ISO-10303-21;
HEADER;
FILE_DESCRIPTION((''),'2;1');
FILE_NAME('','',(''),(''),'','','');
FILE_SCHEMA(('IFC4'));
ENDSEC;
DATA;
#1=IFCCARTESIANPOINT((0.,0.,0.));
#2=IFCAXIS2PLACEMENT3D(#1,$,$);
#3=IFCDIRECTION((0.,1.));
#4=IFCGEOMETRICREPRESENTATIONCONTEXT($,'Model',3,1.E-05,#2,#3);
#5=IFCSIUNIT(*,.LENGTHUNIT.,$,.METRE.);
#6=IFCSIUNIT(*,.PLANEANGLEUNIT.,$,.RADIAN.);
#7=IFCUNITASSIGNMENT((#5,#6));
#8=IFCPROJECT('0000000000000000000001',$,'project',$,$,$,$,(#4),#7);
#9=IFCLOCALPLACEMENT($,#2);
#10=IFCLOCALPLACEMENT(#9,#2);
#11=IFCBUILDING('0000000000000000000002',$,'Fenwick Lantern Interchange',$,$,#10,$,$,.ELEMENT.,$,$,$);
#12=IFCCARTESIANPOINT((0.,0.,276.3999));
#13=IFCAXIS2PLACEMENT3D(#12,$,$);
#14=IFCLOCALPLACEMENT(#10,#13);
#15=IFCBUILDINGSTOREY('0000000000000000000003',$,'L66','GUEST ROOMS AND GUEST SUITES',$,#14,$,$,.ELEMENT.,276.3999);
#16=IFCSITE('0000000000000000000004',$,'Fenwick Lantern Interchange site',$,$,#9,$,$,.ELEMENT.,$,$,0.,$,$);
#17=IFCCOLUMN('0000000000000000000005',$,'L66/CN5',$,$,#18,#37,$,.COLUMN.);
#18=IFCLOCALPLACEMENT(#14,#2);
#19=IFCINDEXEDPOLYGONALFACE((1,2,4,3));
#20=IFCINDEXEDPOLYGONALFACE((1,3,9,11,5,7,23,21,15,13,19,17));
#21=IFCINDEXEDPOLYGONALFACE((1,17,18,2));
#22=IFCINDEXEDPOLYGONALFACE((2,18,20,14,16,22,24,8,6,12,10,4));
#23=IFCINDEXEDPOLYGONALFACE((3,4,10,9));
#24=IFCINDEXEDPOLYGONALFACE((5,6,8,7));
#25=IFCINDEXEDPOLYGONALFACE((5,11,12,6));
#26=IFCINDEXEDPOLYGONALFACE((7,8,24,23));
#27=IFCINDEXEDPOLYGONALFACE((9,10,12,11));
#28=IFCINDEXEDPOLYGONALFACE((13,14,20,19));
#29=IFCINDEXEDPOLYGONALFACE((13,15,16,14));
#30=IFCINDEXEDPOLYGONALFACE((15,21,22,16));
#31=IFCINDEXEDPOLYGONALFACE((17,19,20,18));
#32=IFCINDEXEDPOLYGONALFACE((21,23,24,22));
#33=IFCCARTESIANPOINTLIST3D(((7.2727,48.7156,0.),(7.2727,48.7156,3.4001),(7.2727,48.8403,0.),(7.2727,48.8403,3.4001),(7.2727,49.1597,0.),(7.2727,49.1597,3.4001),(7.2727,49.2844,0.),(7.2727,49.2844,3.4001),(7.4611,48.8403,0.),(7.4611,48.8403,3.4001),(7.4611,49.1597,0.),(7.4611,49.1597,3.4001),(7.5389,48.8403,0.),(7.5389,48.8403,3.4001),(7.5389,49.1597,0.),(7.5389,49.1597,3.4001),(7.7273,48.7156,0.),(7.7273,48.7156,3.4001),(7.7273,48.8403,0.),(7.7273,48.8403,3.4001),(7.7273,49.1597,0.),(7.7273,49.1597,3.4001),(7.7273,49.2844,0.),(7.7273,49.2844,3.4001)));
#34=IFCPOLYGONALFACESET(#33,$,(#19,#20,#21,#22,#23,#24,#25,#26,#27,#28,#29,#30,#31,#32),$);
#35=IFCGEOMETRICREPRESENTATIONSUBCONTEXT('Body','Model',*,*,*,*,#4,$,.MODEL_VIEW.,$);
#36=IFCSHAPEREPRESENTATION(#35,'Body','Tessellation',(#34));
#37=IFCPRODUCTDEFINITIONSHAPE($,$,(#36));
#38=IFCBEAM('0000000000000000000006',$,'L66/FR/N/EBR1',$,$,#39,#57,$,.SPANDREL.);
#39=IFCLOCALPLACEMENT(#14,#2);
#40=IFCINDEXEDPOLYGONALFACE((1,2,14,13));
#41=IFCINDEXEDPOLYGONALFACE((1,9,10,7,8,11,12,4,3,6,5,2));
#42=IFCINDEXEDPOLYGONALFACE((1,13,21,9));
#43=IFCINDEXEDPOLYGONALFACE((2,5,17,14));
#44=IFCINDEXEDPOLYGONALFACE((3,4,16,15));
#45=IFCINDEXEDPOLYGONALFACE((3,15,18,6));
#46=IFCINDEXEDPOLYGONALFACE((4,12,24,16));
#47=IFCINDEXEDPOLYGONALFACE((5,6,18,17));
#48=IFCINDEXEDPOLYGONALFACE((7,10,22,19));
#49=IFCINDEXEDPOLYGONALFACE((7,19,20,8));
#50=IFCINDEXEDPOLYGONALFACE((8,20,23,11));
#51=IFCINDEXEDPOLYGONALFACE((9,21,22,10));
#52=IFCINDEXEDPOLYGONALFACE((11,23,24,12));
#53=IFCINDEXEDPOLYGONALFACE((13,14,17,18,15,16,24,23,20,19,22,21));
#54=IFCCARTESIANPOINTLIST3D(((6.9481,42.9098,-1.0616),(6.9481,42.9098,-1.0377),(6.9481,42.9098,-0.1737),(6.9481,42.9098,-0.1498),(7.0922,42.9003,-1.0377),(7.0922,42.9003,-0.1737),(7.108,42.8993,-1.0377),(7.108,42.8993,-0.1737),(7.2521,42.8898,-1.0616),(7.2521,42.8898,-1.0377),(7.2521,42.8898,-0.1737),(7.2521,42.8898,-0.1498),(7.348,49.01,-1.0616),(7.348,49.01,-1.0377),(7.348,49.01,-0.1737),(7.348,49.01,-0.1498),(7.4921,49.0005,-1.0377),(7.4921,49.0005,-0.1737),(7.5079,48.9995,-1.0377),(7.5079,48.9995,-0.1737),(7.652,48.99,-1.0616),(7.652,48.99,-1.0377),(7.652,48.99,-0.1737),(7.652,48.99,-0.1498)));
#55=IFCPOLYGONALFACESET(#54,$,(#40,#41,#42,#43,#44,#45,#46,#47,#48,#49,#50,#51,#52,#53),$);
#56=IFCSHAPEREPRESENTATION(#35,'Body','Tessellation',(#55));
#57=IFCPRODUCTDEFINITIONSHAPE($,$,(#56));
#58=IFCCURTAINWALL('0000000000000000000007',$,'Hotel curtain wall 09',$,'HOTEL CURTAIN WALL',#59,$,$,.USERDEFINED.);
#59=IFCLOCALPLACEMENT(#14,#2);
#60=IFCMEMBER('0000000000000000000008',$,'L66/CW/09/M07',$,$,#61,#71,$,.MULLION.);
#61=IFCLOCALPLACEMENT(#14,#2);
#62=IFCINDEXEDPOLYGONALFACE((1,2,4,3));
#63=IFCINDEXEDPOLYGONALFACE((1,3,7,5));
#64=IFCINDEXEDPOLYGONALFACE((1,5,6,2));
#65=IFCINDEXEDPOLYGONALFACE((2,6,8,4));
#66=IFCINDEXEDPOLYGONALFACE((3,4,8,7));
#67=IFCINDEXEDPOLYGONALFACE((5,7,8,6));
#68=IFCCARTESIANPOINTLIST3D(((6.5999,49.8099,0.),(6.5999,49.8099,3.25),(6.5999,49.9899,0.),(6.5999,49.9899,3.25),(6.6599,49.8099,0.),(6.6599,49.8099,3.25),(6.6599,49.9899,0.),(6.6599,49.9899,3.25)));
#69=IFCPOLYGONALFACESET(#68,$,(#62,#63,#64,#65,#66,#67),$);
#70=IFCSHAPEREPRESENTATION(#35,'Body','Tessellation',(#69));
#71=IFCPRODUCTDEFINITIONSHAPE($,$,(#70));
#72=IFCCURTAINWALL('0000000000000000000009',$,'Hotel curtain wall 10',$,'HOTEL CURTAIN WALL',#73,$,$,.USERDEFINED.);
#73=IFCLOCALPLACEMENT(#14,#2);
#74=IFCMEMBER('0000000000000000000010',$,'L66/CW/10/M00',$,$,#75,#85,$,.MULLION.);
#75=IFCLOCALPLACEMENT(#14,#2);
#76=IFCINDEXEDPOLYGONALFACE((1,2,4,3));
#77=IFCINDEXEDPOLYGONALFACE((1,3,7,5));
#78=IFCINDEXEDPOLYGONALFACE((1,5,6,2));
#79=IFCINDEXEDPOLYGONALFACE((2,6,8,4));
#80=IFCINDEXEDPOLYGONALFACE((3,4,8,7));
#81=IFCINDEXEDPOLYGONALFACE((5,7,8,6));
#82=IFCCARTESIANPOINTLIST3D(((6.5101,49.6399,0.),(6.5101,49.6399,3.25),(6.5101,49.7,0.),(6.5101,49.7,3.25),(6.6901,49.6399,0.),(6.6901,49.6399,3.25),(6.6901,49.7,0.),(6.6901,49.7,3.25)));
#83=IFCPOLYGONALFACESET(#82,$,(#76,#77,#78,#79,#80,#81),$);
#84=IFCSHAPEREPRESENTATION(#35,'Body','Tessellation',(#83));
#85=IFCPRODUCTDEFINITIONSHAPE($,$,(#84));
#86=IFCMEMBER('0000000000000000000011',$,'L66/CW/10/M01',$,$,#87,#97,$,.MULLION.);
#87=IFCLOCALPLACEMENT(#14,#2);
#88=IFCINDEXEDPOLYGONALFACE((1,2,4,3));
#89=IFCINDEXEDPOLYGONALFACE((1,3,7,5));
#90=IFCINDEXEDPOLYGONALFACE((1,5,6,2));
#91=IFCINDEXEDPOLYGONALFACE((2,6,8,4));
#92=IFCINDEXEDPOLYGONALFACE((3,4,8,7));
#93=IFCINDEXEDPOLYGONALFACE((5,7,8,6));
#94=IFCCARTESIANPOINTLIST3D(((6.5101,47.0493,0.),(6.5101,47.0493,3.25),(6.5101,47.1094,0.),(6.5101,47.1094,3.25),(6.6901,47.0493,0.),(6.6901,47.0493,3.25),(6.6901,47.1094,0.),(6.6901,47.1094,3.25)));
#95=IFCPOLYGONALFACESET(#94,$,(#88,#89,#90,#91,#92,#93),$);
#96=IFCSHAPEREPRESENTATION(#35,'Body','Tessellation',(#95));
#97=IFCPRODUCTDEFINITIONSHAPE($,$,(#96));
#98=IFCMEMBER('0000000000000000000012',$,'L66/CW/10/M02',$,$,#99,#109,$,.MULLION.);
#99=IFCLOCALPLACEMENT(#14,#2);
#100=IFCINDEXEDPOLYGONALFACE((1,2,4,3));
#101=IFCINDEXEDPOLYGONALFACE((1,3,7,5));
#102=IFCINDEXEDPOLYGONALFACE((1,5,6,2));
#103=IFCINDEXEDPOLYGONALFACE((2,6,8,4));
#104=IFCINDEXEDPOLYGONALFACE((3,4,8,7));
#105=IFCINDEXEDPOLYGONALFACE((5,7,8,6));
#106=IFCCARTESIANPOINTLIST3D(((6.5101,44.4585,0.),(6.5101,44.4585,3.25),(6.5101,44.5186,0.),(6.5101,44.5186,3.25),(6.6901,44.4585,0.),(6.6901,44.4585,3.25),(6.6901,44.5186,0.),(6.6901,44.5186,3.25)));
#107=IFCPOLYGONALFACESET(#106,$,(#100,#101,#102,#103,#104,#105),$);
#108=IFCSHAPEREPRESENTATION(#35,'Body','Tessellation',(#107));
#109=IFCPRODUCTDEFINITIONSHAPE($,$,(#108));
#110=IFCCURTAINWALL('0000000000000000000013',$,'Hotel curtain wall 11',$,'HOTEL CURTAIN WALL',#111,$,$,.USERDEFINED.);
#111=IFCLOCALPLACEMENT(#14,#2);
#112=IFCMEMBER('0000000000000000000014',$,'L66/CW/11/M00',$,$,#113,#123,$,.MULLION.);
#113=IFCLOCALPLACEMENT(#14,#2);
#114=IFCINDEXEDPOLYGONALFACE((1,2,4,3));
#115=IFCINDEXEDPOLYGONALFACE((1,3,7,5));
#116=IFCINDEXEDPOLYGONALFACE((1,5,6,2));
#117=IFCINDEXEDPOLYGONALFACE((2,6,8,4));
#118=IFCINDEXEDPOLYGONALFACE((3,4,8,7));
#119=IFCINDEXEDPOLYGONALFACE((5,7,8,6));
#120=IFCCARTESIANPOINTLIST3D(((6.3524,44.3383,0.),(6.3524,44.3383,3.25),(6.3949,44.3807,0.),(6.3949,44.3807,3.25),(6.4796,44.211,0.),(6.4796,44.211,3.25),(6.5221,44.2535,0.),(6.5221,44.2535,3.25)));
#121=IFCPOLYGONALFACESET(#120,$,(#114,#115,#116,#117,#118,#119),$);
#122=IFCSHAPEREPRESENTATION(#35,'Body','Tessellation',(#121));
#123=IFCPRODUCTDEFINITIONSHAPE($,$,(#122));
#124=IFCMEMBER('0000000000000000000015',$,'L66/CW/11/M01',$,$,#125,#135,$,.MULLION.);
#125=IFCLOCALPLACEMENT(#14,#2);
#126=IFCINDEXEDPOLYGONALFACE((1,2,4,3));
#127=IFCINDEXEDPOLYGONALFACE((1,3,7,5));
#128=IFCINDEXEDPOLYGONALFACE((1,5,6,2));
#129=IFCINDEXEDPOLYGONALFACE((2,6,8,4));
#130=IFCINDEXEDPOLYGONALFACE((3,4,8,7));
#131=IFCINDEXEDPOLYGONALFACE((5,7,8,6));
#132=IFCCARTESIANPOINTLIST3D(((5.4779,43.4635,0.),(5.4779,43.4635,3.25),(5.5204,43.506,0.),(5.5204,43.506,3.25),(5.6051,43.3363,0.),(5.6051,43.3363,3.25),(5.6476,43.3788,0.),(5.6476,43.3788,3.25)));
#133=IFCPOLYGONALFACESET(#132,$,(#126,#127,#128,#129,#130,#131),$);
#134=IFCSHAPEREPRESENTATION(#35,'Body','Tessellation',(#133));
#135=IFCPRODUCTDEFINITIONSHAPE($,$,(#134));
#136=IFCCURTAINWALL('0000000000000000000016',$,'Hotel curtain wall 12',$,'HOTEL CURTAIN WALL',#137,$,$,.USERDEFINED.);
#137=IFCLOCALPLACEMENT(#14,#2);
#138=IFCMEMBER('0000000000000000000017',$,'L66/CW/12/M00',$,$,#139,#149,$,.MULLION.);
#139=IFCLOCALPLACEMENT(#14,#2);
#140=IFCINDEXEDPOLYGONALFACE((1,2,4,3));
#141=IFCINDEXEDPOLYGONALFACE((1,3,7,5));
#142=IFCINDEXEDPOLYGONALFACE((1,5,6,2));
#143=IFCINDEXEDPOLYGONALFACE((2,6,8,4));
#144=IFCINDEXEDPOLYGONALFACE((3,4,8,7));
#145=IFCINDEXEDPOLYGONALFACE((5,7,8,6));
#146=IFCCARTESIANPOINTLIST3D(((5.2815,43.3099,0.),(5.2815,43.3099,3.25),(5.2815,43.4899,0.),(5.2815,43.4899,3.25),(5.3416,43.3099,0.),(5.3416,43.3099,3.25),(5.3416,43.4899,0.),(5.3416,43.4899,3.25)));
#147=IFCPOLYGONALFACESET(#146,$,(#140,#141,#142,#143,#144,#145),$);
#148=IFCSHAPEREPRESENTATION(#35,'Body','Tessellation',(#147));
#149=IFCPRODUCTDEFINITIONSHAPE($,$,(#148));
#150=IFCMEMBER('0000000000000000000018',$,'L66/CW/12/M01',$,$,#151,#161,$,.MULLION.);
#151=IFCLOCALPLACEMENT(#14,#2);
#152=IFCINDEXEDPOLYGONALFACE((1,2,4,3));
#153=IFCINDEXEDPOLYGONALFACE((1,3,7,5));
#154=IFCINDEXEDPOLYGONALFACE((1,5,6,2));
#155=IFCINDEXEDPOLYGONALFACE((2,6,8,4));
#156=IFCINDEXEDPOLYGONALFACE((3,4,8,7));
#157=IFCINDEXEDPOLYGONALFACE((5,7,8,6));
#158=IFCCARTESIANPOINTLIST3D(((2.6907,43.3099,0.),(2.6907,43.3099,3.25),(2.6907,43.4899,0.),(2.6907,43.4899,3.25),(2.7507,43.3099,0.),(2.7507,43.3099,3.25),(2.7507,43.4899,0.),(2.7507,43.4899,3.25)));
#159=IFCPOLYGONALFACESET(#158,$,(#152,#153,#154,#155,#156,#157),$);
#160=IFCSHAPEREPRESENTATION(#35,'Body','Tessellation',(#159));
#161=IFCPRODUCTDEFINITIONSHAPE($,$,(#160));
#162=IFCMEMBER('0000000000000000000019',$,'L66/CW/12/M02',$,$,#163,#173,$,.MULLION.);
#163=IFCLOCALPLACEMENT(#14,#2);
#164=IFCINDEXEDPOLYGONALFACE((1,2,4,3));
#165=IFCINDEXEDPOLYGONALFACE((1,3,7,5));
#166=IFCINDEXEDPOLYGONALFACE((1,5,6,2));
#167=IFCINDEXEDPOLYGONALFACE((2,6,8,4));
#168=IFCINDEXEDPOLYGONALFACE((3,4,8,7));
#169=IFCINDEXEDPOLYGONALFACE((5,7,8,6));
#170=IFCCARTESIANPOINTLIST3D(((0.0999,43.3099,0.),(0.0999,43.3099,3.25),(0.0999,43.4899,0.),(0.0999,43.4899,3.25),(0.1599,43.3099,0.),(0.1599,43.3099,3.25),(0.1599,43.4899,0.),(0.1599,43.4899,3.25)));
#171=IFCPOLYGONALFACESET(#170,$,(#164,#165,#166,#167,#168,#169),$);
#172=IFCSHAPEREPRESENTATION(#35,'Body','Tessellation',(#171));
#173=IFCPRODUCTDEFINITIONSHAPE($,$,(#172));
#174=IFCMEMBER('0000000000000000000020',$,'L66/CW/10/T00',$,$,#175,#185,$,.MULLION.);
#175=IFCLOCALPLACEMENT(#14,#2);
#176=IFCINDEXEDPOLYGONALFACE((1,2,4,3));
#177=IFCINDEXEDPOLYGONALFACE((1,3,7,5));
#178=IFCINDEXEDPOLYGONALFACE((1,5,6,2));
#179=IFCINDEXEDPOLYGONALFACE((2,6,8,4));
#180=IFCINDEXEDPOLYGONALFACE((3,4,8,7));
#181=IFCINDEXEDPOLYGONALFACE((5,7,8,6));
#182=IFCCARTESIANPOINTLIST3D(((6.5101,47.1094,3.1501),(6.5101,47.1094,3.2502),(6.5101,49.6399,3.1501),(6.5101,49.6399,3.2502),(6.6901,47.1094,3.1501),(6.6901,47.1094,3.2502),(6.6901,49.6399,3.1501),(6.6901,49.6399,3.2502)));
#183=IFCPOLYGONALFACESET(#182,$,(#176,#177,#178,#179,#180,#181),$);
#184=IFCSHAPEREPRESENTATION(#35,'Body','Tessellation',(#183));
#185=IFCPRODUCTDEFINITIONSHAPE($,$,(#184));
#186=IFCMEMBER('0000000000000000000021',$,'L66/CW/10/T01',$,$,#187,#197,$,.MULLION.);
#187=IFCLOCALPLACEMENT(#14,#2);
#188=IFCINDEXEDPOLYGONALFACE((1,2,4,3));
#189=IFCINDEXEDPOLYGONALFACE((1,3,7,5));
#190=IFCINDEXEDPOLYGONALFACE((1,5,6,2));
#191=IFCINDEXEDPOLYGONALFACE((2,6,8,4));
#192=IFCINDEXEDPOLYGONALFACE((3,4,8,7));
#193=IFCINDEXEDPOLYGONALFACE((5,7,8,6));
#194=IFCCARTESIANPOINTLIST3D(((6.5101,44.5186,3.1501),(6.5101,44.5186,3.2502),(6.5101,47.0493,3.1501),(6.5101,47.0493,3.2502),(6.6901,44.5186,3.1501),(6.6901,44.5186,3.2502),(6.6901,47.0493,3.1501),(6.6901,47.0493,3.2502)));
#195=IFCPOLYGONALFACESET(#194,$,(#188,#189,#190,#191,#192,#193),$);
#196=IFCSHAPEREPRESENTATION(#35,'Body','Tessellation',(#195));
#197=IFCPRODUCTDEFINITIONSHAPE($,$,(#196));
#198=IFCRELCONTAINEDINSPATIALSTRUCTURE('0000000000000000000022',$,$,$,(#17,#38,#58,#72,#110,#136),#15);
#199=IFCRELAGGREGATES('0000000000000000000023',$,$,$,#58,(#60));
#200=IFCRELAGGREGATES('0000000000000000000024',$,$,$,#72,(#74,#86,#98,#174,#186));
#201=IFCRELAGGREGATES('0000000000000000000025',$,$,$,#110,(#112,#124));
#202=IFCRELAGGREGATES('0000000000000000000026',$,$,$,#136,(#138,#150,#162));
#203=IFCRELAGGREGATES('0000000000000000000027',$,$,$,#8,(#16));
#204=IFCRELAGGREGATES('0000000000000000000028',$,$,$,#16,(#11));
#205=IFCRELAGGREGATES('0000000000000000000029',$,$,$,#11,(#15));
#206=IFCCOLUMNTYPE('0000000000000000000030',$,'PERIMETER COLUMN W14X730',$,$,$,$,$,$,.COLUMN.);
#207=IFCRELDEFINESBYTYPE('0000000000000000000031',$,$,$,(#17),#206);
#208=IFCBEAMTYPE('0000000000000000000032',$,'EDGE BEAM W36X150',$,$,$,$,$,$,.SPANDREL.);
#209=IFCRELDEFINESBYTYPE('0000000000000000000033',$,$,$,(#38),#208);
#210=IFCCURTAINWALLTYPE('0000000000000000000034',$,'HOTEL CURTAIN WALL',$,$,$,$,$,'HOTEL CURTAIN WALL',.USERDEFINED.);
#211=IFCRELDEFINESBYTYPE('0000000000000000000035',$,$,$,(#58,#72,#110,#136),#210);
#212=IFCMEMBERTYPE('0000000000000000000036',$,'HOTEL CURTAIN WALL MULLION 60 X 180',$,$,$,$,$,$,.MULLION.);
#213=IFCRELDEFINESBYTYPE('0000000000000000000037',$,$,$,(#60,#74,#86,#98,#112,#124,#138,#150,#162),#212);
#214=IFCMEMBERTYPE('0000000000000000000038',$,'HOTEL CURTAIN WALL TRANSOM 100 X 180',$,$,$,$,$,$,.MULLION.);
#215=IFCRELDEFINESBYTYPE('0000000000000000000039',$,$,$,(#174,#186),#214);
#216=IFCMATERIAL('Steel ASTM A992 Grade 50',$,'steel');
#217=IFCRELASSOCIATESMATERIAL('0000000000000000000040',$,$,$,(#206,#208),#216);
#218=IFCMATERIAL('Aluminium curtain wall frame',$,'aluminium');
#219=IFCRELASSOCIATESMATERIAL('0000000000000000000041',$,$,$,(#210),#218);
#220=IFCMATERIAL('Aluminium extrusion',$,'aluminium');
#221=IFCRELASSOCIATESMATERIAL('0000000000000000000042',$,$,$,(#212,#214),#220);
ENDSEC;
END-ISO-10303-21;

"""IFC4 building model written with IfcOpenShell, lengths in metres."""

from ifc_helpers import new_model, si_unit, direction, frame, origin, origin_2d, place, context, subcontext, project, spatial, rectangle, i_section, extrude, material, material_profile, profile_set, type_object, element, aggregate, save


model = new_model("IFC4")

# Units and contexts
model_context = context("Model", 3, precision=1e-05, world=origin(), true_north=direction((0.0, 1.0)))
body_context = subcontext(model_context, "Body", "Model", "MODEL_VIEW")
ifc_project = project(units=[si_unit("LENGTHUNIT", "METRE"), si_unit("PLANEANGLEUNIT", "RADIAN")], contexts=[model_context])

# Site, building, storey
site_placement = place(None, origin())
site = spatial("IfcSite", under=ifc_project, at=site_placement, Name="Fenwick Lantern Interchange site", CompositionType="ELEMENT", RefElevation=0.0)
building_placement = place(site_placement, origin())
building = spatial("IfcBuilding", under=site, at=building_placement, Name="Fenwick Lantern Interchange", CompositionType="ELEMENT")
storey_placement = place(building_placement, frame((0.0, 0.0, 276.3999)))
storey = spatial("IfcBuildingStorey", under=building, at=storey_placement, Name="L66", Description="GUEST ROOMS AND GUEST SUITES", CompositionType="ELEMENT", Elevation=276.3999)

# Column
ifc_material_1 = material(Name="Steel ASTM A992 Grade 50", Category="steel")
ifc_material_profile_1 = material_profile(ifc_material_1, i_section(OverallWidth=0.4546, OverallDepth=0.5688, WebThickness=0.0779, FlangeThickness=0.1248, at=origin_2d()), Name="W14X730")
ifc_profile_set_1 = profile_set([ifc_material_profile_1], Name="Steel ASTM A992 Grade 50")
column_type = type_object("IfcColumnType", Name="PERIMETER COLUMN W14X730", PredefinedType="COLUMN", material=ifc_profile_set_1)
column_placement = place(storey_placement, frame((7.5, 49.0, 0.0), z_axis=(0.0, 0.0, 1.0), x_axis=(1.0, 0.0, 0.0)))
element("IfcColumn", 1, at=column_placement, inside=storey, type_object=column_type, Name="L66/CN5", PredefinedType="COLUMN", context=body_context, shape_type="SweptSolid", body=[
    extrude(i_section(OverallWidth=0.4546, OverallDepth=0.5688, WebThickness=0.0779, FlangeThickness=0.1248, at=origin_2d()), origin(), (0.0, 0.0, 1.0), 3.4001),
])

# Beam
ifc_material_profile_2 = material_profile(ifc_material_1, i_section(OverallWidth=0.3047, OverallDepth=0.9119, WebThickness=0.0159, FlangeThickness=0.0239, at=origin_2d()), Name="W36X150")
ifc_profile_set_2 = profile_set([ifc_material_profile_2], Name="Steel ASTM A992 Grade 50")
beam_type = type_object("IfcBeamType", Name="EDGE BEAM W36X150", PredefinedType="SPANDREL", material=ifc_profile_set_2)
beam_placement = place(storey_placement, frame((7.5, 49.0, -0.6057), z_axis=(-0.065416, -0.997858, 0.0), x_axis=(0.997858, -0.065416, 0.0)))
element("IfcBeam", 2, at=beam_placement, inside=storey, type_object=beam_type, Name="L66/FR/N/EBR1", PredefinedType="SPANDREL", context=body_context, shape_type="SweptSolid", body=[
    extrude(i_section(OverallWidth=0.3047, OverallDepth=0.9119, WebThickness=0.0159, FlangeThickness=0.0239, at=origin_2d()), origin(), (0.0, 0.0, 1.0), 6.1133),
])

# Curtain wall, member
ifc_material_2 = material(Name="Aluminium curtain wall frame", Category="aluminium")
curtain_wall_type = type_object("IfcCurtainWallType", Name="HOTEL CURTAIN WALL", ElementType="HOTEL CURTAIN WALL", PredefinedType="USERDEFINED", material=ifc_material_2)
curtain_wall_1_placement = place(storey_placement, origin())
curtain_wall_1 = element("IfcCurtainWall", 3, at=curtain_wall_1_placement, inside=storey, type_object=curtain_wall_type, Name="Hotel curtain wall 09", ObjectType="HOTEL CURTAIN WALL", PredefinedType="USERDEFINED")
ifc_material_3 = material(Name="Aluminium extrusion", Category="aluminium")
ifc_material_profile_3 = material_profile(ifc_material_3, rectangle(XDim=0.1799, YDim=0.0601, at=origin_2d()), Name="HOTEL CURTAIN WALL MULLION 60 X 180")
ifc_profile_set_3 = profile_set([ifc_material_profile_3], Name="Aluminium extrusion")
member_type_1 = type_object("IfcMemberType", Name="HOTEL CURTAIN WALL MULLION 60 X 180", PredefinedType="MULLION", material=ifc_profile_set_3)
member_1_placement = place(storey_placement, frame((6.6299, 49.8999, 0.0), z_axis=(0.0, 0.0, 1.0), x_axis=(0.0, -1.0, 0.0)))
member_1 = element("IfcMember", 4, at=member_1_placement, type_object=member_type_1, Name="L66/CW/09/M07", PredefinedType="MULLION", context=body_context, shape_type="SweptSolid", body=[
    extrude(rectangle(XDim=0.1799, YDim=0.0601, at=origin_2d()), origin(), (0.0, 0.0, 1.0), 3.25),
])
aggregate(curtain_wall_1, [member_1])

# Curtain walls, members
curtain_wall_2_placement = place(storey_placement, origin())
curtain_wall_2 = element("IfcCurtainWall", 5, at=curtain_wall_2_placement, inside=storey, type_object=curtain_wall_type, Name="Hotel curtain wall 10", ObjectType="HOTEL CURTAIN WALL", PredefinedType="USERDEFINED")
member_2_placement = place(storey_placement, frame((6.6001, 49.6699, 0.0), z_axis=(0.0, 0.0, 1.0), x_axis=(1.0, 0.0, 0.0)))
member_2 = element("IfcMember", 6, at=member_2_placement, type_object=member_type_1, Name="L66/CW/10/M00", PredefinedType="MULLION", context=body_context, shape_type="SweptSolid", body=[
    extrude(rectangle(XDim=0.1799, YDim=0.0601, at=origin_2d()), origin(), (0.0, 0.0, 1.0), 3.25),
])
member_3_placement = place(storey_placement, frame((6.6001, 47.0793, 0.0), z_axis=(0.0, 0.0, 1.0), x_axis=(1.0, 0.0, 0.0)))
member_3 = element("IfcMember", 7, at=member_3_placement, type_object=member_type_1, Name="L66/CW/10/M01", PredefinedType="MULLION", context=body_context, shape_type="SweptSolid", body=[
    extrude(rectangle(XDim=0.1799, YDim=0.0601, at=origin_2d()), origin(), (0.0, 0.0, 1.0), 3.25),
])
member_4_placement = place(storey_placement, frame((6.6001, 44.4885, 0.0), z_axis=(0.0, 0.0, 1.0), x_axis=(1.0, 0.0, 0.0)))
member_4 = element("IfcMember", 8, at=member_4_placement, type_object=member_type_1, Name="L66/CW/10/M02", PredefinedType="MULLION", context=body_context, shape_type="SweptSolid", body=[
    extrude(rectangle(XDim=0.1799, YDim=0.0601, at=origin_2d()), origin(), (0.0, 0.0, 1.0), 3.25),
])
curtain_wall_3_placement = place(storey_placement, origin())
curtain_wall_3 = element("IfcCurtainWall", 9, at=curtain_wall_3_placement, inside=storey, type_object=curtain_wall_type, Name="Hotel curtain wall 11", ObjectType="HOTEL CURTAIN WALL", PredefinedType="USERDEFINED")
member_5_placement = place(storey_placement, frame((6.4373, 44.2959, 0.0), z_axis=(0.0, 0.0, 1.0), x_axis=(0.707107, -0.707107, 0.0)))
member_5 = element("IfcMember", 10, at=member_5_placement, type_object=member_type_1, Name="L66/CW/11/M00", PredefinedType="MULLION", context=body_context, shape_type="SweptSolid", body=[
    extrude(rectangle(XDim=0.1799, YDim=0.0601, at=origin_2d()), origin(), (0.0, 0.0, 1.0), 3.25),
])
member_6_placement = place(storey_placement, frame((5.5627, 43.4211, 0.0), z_axis=(0.0, 0.0, 1.0), x_axis=(0.707107, -0.707107, 0.0)))
member_6 = element("IfcMember", 11, at=member_6_placement, type_object=member_type_1, Name="L66/CW/11/M01", PredefinedType="MULLION", context=body_context, shape_type="SweptSolid", body=[
    extrude(rectangle(XDim=0.1799, YDim=0.0601, at=origin_2d()), origin(), (0.0, 0.0, 1.0), 3.25),
])
curtain_wall_4_placement = place(storey_placement, origin())
curtain_wall_4 = element("IfcCurtainWall", 12, at=curtain_wall_4_placement, inside=storey, type_object=curtain_wall_type, Name="Hotel curtain wall 12", ObjectType="HOTEL CURTAIN WALL", PredefinedType="USERDEFINED")
member_7_placement = place(storey_placement, frame((5.3115, 43.3999, 0.0), z_axis=(0.0, 0.0, 1.0), x_axis=(0.0, -1.0, 0.0)))
member_7 = element("IfcMember", 13, at=member_7_placement, type_object=member_type_1, Name="L66/CW/12/M00", PredefinedType="MULLION", context=body_context, shape_type="SweptSolid", body=[
    extrude(rectangle(XDim=0.1799, YDim=0.0601, at=origin_2d()), origin(), (0.0, 0.0, 1.0), 3.25),
])
member_8_placement = place(storey_placement, frame((2.7207, 43.3999, 0.0), z_axis=(0.0, 0.0, 1.0), x_axis=(0.0, -1.0, 0.0)))
member_8 = element("IfcMember", 14, at=member_8_placement, type_object=member_type_1, Name="L66/CW/12/M01", PredefinedType="MULLION", context=body_context, shape_type="SweptSolid", body=[
    extrude(rectangle(XDim=0.1799, YDim=0.0601, at=origin_2d()), origin(), (0.0, 0.0, 1.0), 3.25),
])
member_9_placement = place(storey_placement, frame((0.1299, 43.3999, 0.0), z_axis=(0.0, 0.0, 1.0), x_axis=(0.0, -1.0, 0.0)))
member_9 = element("IfcMember", 15, at=member_9_placement, type_object=member_type_1, Name="L66/CW/12/M02", PredefinedType="MULLION", context=body_context, shape_type="SweptSolid", body=[
    extrude(rectangle(XDim=0.1799, YDim=0.0601, at=origin_2d()), origin(), (0.0, 0.0, 1.0), 3.25),
])

# Members
ifc_material_profile_4 = material_profile(ifc_material_3, rectangle(XDim=0.1799, YDim=0.1001, at=origin_2d()), Name="HOTEL CURTAIN WALL TRANSOM 100 X 180")
ifc_profile_set_4 = profile_set([ifc_material_profile_4], Name="Aluminium extrusion")
member_type_2 = type_object("IfcMemberType", Name="HOTEL CURTAIN WALL TRANSOM 100 X 180", PredefinedType="MULLION", material=ifc_profile_set_4)
member_10_placement = place(storey_placement, frame((6.6001, 49.6399, 3.2002), z_axis=(0.0, -1.0, 0.0), x_axis=(1.0, 0.0, 0.0)))
member_10 = element("IfcMember", 16, at=member_10_placement, type_object=member_type_2, Name="L66/CW/10/T00", PredefinedType="MULLION", context=body_context, shape_type="SweptSolid", body=[
    extrude(rectangle(XDim=0.1799, YDim=0.1001, at=origin_2d()), origin(), (0.0, 0.0, 1.0), 2.5305),
])
member_11_placement = place(storey_placement, frame((6.6001, 47.0493, 3.2002), z_axis=(0.0, -1.0, 0.0), x_axis=(1.0, 0.0, 0.0)))
member_11 = element("IfcMember", 17, at=member_11_placement, type_object=member_type_2, Name="L66/CW/10/T01", PredefinedType="MULLION", context=body_context, shape_type="SweptSolid", body=[
    extrude(rectangle(XDim=0.1799, YDim=0.1001, at=origin_2d()), origin(), (0.0, 0.0, 1.0), 2.5308),
])

aggregate(curtain_wall_2, [member_2, member_3, member_4, member_10, member_11])
aggregate(curtain_wall_3, [member_5, member_6])
aggregate(curtain_wall_4, [member_7, member_8, member_9])

save(model, "model.ifc")
